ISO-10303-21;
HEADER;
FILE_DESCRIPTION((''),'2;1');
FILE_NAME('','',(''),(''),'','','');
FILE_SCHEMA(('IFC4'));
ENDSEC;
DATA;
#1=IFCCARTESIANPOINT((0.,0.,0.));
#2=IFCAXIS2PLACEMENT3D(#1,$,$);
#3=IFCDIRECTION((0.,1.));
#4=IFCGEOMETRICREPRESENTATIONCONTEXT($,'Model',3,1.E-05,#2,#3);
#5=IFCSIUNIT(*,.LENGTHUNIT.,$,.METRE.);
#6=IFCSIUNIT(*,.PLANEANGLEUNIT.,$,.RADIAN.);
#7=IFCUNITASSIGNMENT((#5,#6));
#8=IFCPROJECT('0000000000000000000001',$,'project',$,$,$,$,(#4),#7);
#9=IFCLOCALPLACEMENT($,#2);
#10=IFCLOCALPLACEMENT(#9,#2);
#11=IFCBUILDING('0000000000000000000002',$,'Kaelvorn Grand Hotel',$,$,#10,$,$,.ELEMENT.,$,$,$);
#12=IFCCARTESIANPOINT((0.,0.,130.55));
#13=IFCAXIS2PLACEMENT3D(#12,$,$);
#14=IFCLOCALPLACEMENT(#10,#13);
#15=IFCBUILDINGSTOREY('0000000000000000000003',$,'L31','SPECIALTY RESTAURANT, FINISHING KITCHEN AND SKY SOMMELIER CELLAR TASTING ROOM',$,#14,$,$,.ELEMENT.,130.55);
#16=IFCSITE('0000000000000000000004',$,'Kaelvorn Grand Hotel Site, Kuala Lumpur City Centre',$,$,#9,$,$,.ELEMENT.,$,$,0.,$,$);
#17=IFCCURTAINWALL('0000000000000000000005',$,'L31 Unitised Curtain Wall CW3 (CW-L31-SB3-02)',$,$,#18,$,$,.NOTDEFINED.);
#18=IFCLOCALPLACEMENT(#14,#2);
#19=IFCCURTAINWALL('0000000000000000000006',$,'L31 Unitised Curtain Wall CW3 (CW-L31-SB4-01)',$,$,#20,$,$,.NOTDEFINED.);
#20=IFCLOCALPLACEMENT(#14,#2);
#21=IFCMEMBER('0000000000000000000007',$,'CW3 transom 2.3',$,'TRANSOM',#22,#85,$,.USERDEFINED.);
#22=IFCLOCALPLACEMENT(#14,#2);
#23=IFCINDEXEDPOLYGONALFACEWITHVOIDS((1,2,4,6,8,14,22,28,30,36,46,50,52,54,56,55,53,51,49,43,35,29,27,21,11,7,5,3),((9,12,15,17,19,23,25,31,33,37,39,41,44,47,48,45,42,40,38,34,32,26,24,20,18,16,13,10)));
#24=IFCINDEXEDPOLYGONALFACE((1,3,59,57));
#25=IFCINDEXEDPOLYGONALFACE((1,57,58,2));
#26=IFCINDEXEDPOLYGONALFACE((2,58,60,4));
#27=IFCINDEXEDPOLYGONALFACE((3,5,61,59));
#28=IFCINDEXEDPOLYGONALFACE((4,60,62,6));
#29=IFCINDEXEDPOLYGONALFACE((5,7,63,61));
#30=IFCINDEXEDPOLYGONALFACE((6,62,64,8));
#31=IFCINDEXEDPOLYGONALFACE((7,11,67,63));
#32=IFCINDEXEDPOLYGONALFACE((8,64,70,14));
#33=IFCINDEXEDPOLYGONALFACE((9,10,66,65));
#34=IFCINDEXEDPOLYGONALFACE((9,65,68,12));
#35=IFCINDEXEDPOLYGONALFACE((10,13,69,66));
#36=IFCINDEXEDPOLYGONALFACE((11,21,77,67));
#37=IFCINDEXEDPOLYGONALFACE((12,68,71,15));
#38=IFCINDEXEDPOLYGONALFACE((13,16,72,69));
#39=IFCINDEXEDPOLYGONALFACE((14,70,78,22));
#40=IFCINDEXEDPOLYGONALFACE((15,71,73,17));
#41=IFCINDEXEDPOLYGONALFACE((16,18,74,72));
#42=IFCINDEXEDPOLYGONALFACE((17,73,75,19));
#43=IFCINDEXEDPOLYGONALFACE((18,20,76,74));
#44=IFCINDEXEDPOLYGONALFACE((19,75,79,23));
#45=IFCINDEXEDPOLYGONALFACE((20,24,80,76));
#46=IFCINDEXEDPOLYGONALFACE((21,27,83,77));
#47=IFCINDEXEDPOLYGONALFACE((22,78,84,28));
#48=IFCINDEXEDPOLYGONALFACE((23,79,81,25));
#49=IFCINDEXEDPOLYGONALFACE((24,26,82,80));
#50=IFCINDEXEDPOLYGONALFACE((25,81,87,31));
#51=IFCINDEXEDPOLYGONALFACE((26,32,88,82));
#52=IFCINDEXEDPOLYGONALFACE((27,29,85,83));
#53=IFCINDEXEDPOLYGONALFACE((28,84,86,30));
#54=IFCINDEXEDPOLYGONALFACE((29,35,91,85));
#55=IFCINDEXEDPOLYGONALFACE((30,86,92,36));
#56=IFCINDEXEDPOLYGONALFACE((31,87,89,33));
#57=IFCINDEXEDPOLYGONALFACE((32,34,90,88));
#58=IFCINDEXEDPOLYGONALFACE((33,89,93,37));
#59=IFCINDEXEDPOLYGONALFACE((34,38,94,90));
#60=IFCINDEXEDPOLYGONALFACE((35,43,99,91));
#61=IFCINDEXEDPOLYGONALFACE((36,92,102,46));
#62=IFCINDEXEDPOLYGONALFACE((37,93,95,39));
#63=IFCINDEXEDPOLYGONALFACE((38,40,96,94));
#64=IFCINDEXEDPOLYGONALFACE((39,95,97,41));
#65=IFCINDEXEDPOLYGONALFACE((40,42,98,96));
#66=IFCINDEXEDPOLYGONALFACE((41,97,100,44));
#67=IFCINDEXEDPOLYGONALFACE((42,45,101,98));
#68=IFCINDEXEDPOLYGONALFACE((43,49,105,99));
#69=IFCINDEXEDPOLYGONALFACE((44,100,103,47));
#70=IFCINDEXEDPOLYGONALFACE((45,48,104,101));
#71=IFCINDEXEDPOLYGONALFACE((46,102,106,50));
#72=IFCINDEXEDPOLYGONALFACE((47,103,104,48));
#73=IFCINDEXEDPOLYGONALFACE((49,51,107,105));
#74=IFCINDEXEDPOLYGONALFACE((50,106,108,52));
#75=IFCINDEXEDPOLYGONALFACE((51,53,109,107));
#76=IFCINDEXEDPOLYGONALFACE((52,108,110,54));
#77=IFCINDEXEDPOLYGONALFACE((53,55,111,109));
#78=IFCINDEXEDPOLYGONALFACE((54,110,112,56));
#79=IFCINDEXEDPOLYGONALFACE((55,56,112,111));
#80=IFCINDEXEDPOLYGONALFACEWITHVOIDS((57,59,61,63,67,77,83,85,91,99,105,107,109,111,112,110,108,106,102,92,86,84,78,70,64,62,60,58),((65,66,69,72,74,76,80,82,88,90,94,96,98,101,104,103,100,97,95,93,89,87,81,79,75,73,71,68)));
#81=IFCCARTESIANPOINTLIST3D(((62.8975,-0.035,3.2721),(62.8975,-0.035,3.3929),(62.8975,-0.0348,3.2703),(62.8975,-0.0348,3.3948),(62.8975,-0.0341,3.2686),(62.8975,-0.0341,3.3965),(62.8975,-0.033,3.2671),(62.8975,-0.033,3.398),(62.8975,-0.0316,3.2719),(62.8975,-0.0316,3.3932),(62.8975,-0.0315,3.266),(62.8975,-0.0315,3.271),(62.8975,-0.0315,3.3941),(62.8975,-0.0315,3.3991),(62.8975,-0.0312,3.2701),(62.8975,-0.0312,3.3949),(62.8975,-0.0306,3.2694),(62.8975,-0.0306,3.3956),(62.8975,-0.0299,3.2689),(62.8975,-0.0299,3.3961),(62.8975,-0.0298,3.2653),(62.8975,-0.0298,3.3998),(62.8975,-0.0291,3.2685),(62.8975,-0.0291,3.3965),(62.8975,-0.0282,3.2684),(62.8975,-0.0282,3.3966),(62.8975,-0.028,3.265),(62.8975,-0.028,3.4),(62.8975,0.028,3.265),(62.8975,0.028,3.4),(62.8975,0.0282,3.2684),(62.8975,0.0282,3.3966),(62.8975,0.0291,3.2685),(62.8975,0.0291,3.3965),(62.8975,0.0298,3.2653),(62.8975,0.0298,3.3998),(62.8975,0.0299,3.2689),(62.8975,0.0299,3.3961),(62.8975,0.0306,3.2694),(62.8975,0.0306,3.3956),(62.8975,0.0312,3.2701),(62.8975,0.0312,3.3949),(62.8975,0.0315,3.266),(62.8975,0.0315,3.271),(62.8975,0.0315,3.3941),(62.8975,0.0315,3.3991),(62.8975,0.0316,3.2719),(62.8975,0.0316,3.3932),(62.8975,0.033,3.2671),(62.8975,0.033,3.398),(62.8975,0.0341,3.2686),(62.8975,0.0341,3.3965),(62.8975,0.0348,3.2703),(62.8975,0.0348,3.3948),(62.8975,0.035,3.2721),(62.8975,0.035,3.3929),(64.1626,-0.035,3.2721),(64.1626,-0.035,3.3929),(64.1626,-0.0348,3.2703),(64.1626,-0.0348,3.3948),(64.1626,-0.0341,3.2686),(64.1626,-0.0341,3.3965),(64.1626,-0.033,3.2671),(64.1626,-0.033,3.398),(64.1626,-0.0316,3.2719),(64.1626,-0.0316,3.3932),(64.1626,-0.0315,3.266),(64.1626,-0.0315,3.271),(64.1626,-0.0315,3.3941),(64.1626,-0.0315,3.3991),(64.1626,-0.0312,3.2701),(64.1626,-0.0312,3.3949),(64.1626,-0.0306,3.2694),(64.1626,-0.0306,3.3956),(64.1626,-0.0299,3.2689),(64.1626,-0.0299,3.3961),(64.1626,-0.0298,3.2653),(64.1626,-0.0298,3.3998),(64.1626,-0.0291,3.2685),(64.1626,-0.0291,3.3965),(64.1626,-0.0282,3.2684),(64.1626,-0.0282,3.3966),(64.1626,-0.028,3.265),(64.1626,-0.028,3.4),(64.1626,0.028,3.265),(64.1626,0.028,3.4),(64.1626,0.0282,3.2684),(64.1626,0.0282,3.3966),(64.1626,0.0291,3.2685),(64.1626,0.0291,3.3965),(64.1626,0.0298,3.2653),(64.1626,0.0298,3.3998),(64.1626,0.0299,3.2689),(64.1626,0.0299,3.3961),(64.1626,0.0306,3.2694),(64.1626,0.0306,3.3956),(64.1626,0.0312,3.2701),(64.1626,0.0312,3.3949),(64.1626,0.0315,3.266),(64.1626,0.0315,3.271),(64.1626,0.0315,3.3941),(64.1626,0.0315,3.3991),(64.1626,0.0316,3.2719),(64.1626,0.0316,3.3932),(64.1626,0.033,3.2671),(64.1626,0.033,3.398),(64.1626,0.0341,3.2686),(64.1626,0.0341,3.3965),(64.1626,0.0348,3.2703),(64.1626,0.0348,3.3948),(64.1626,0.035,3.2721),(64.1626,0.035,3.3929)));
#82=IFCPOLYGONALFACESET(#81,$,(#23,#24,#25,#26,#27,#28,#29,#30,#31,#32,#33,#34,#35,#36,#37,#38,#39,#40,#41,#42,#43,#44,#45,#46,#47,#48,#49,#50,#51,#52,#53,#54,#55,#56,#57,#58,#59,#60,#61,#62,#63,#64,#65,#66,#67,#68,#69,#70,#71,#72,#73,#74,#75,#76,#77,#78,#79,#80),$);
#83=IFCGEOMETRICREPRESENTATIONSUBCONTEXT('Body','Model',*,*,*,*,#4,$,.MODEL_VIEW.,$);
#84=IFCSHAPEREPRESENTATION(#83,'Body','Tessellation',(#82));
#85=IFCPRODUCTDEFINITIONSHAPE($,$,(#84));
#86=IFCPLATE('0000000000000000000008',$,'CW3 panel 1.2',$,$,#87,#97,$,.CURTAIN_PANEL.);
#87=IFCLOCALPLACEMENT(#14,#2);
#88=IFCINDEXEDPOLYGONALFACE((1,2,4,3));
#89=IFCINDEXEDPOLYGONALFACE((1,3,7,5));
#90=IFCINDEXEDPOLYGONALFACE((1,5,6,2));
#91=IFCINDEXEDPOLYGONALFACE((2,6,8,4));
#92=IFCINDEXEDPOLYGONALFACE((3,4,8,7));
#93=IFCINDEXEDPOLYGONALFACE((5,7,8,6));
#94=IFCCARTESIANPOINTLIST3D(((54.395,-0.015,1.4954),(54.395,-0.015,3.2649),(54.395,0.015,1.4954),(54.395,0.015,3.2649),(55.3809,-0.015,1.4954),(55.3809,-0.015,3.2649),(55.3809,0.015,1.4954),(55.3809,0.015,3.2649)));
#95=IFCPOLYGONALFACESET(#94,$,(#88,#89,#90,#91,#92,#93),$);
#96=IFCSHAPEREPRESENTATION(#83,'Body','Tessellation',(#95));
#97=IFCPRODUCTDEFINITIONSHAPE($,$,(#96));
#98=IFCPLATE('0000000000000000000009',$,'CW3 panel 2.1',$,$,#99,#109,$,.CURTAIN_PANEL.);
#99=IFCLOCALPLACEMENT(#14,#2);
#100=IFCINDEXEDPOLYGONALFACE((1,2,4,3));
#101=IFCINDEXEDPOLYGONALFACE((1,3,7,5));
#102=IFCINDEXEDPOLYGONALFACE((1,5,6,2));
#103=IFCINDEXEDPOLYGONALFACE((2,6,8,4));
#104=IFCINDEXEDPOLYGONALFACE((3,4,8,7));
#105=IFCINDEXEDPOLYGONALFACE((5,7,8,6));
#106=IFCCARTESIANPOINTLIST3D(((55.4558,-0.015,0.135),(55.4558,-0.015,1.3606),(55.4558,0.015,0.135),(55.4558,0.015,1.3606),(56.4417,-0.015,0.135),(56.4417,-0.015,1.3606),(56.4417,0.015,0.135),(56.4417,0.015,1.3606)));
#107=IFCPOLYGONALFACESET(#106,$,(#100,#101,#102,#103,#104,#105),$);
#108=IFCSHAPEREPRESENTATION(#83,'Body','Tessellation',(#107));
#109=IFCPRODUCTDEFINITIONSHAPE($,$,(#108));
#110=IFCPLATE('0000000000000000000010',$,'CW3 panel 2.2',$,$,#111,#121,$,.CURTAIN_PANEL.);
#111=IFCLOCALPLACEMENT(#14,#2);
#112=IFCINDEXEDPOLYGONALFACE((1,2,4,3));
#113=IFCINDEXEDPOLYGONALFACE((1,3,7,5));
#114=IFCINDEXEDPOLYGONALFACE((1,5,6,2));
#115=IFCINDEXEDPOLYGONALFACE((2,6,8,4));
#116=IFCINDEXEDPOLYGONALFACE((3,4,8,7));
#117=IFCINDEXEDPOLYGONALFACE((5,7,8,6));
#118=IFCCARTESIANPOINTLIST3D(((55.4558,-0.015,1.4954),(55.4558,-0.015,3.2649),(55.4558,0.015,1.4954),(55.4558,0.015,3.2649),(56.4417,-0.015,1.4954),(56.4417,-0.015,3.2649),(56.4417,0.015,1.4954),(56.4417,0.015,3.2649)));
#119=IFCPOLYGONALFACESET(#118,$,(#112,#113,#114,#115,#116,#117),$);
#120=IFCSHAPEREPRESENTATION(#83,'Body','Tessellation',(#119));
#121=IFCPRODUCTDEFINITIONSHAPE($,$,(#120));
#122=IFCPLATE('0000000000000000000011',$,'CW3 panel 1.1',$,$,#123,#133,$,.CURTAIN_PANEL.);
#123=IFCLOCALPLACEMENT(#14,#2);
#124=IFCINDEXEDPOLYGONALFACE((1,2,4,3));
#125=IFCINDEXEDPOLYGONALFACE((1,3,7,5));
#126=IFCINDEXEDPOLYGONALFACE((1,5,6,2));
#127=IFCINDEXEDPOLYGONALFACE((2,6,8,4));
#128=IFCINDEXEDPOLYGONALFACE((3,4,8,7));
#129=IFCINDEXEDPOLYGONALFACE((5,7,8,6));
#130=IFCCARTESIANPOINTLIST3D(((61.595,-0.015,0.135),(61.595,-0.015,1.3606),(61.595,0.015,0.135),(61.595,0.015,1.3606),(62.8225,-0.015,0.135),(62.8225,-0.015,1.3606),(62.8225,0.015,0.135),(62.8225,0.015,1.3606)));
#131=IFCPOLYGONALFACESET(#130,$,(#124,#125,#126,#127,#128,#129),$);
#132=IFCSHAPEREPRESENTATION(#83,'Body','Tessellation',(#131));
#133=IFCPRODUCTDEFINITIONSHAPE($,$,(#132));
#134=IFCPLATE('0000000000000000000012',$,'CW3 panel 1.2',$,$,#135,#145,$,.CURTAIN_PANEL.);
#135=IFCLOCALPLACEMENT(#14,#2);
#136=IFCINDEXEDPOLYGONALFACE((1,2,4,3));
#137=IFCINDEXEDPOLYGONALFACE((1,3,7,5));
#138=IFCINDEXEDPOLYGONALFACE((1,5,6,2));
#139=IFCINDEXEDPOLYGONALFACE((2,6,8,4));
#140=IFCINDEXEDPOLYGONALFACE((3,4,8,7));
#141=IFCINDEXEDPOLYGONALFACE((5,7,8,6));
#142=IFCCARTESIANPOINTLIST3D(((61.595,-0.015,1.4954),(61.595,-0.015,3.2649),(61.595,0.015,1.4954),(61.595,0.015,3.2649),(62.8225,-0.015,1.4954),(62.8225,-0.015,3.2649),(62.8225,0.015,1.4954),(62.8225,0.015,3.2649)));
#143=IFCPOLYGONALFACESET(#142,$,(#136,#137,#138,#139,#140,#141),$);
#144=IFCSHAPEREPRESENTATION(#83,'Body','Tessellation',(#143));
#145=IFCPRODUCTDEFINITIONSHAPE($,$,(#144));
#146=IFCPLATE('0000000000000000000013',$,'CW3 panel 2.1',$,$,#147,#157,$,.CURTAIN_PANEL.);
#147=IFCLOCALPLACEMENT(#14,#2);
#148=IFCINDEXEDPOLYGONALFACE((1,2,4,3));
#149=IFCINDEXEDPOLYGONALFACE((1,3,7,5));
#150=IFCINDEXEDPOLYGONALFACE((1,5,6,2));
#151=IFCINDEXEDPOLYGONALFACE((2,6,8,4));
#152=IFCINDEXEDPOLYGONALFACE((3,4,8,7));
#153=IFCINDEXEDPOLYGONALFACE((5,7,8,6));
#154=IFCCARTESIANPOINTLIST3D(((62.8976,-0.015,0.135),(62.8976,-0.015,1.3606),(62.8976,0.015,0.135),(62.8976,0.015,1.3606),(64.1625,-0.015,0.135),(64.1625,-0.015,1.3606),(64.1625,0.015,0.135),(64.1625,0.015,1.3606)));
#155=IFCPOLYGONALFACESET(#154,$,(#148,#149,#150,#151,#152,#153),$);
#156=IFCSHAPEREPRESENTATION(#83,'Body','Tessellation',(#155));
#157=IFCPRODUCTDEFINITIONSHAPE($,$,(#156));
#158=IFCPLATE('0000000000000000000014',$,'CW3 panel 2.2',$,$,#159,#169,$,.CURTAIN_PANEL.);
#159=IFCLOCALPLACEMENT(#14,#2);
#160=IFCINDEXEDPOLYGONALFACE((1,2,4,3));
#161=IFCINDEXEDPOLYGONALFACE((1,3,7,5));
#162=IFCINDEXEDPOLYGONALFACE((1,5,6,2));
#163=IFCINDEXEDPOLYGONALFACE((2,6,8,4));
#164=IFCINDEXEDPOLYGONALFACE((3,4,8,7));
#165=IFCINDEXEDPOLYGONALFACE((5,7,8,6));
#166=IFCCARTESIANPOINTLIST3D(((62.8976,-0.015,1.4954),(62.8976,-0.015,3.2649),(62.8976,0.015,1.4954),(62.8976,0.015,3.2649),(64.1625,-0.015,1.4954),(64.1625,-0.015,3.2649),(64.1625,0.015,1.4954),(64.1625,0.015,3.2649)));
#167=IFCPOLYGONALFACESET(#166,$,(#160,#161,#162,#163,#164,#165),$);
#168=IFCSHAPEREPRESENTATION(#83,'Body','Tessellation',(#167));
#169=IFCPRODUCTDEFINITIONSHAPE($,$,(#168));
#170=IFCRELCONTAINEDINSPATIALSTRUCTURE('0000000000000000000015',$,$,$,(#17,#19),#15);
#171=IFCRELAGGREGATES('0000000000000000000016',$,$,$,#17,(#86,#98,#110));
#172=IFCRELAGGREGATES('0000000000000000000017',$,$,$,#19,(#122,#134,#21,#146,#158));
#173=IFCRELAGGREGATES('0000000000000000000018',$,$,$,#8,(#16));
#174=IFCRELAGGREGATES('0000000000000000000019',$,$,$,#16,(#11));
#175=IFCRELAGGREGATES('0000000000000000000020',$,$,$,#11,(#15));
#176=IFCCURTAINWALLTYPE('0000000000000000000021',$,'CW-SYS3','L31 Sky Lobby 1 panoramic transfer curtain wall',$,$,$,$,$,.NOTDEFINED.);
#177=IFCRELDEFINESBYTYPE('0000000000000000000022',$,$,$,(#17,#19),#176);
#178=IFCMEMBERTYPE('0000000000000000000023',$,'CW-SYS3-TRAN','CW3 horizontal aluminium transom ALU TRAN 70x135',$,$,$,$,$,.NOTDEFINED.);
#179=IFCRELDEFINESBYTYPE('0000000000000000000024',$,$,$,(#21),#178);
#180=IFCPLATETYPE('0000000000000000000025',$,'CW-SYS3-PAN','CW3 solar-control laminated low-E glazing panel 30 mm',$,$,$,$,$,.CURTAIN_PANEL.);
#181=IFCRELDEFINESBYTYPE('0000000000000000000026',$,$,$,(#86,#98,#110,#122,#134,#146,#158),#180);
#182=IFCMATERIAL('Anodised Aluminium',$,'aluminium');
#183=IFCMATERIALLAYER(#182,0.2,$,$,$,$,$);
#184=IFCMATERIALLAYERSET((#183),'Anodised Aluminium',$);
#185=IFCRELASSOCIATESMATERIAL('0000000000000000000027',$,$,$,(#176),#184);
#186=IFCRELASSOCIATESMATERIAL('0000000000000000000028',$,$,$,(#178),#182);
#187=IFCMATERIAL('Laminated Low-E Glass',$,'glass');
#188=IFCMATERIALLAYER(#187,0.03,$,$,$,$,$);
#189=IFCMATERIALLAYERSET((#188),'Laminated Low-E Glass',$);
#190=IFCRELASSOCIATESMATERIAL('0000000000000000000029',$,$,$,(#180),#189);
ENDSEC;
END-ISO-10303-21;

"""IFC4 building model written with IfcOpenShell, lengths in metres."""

from ifc_helpers import new_model, si_unit, direction, frame, origin, origin_2d, place, context, subcontext, project, spatial, rectangle, hollow_rectangle, extrude, material, layer, layer_set, material_profile, profile_set, type_object, element, aggregate, save


model = new_model("IFC4")

# Units and contexts
model_context = context("Model", 3, precision=1e-05, world=origin(), true_north=direction((0.0, 1.0)))
body_context = subcontext(model_context, "Body", "Model", "MODEL_VIEW")
ifc_project = project(units=[si_unit("LENGTHUNIT", "METRE"), si_unit("PLANEANGLEUNIT", "RADIAN")], contexts=[model_context])

# Site, building, storey
site_placement = place(None, origin())
site = spatial("IfcSite", under=ifc_project, at=site_placement, Name="Kaelvorn Grand Hotel Site, Kuala Lumpur City Centre", CompositionType="ELEMENT", RefElevation=0.0)
building_placement = place(site_placement, origin())
building = spatial("IfcBuilding", under=site, at=building_placement, Name="Kaelvorn Grand Hotel", CompositionType="ELEMENT")
storey_placement = place(building_placement, frame((0.0, 0.0, 130.55)))
storey = spatial("IfcBuildingStorey", under=building, at=storey_placement, Name="L31", Description="SPECIALTY RESTAURANT, FINISHING KITCHEN AND SKY SOMMELIER CELLAR TASTING ROOM", CompositionType="ELEMENT", Elevation=130.55)

# Curtain walls
ifc_material_1 = material(Name="Anodised Aluminium", Category="aluminium")
ifc_layer_1 = layer(ifc_material_1, 0.2)
ifc_layer_set_1 = layer_set([ifc_layer_1], Name="Anodised Aluminium")
curtain_wall_type = type_object("IfcCurtainWallType", Name="CW-SYS3", Description="L31 Sky Lobby 1 panoramic transfer curtain wall", PredefinedType="NOTDEFINED", material=ifc_layer_set_1)
curtain_wall_1_placement = place(storey_placement, origin())
curtain_wall_1 = element("IfcCurtainWall", 1, at=curtain_wall_1_placement, inside=storey, type_object=curtain_wall_type, Name="L31 Unitised Curtain Wall CW3 (CW-L31-SB3-02)", PredefinedType="NOTDEFINED")
curtain_wall_2_placement = place(storey_placement, origin())
curtain_wall_2 = element("IfcCurtainWall", 2, at=curtain_wall_2_placement, inside=storey, type_object=curtain_wall_type, Name="L31 Unitised Curtain Wall CW3 (CW-L31-SB4-01)", PredefinedType="NOTDEFINED")

# Member
ifc_material_profile_1 = material_profile(ifc_material_1, hollow_rectangle(XDim=0.0701, YDim=0.135, WallThickness=0.0034, InnerFilletRadius=0.0034, OuterFilletRadius=0.0071, at=origin_2d()), Name="ALU TRAN 70x135")
ifc_profile_set_1 = profile_set([ifc_material_profile_1], Name="Anodised Aluminium")
member_type_1 = type_object("IfcMemberType", Name="CW-SYS3-TRAN", Description="CW3 horizontal aluminium transom ALU TRAN 70x135", PredefinedType="NOTDEFINED", material=ifc_profile_set_1)
member_1_placement = place(storey_placement, frame((62.8975, 0.0, 3.3325), z_axis=(1.0, 0.0, 0.0), x_axis=(0.0, 1.0, 0.0)))
member_1 = element("IfcMember", 3, at=member_1_placement, type_object=member_type_1, Name="CW3 transom 2.3", ObjectType="TRANSOM", PredefinedType="USERDEFINED", context=body_context, shape_type="SweptSolid", body=[
    extrude(hollow_rectangle(XDim=0.0701, YDim=0.135, WallThickness=0.0034, InnerFilletRadius=0.0034, OuterFilletRadius=0.0071, at=origin_2d()), origin(), (0.0, 0.0, 1.0), 1.2651),
])

# Plates
ifc_material_2 = material(Name="Laminated Low-E Glass", Category="glass")
ifc_layer_2 = layer(ifc_material_2, 0.03)
ifc_layer_set_2 = layer_set([ifc_layer_2], Name="Laminated Low-E Glass")
plate_type = type_object("IfcPlateType", Name="CW-SYS3-PAN", Description="CW3 solar-control laminated low-E glazing panel 30 mm", PredefinedType="CURTAIN_PANEL", material=ifc_layer_set_2)
plate_1_placement = place(storey_placement, frame((54.8879, 0.0, 1.4954), z_axis=(0.0, 0.0, 1.0), x_axis=(1.0, 0.0, 0.0)))
plate_1 = element("IfcPlate", 4, at=plate_1_placement, type_object=plate_type, Name="CW3 panel 1.2", PredefinedType="CURTAIN_PANEL", context=body_context, shape_type="SweptSolid", body=[
    extrude(rectangle(XDim=0.9858, YDim=0.03, at=origin_2d()), origin(), (0.0, 0.0, 1.0), 1.7695),
])
plate_2_placement = place(storey_placement, frame((55.9487, 0.0, 0.135), z_axis=(0.0, 0.0, 1.0), x_axis=(1.0, 0.0, 0.0)))
plate_2 = element("IfcPlate", 5, at=plate_2_placement, type_object=plate_type, Name="CW3 panel 2.1", PredefinedType="CURTAIN_PANEL", context=body_context, shape_type="SweptSolid", body=[
    extrude(rectangle(XDim=0.9858, YDim=0.03, at=origin_2d()), origin(), (0.0, 0.0, 1.0), 1.2256),
])
plate_3_placement = place(storey_placement, frame((55.9487, 0.0, 1.4954), z_axis=(0.0, 0.0, 1.0), x_axis=(1.0, 0.0, 0.0)))
plate_3 = element("IfcPlate", 6, at=plate_3_placement, type_object=plate_type, Name="CW3 panel 2.2", PredefinedType="CURTAIN_PANEL", context=body_context, shape_type="SweptSolid", body=[
    extrude(rectangle(XDim=0.9858, YDim=0.03, at=origin_2d()), origin(), (0.0, 0.0, 1.0), 1.7695),
])
aggregate(curtain_wall_1, [plate_1, plate_2, plate_3])
plate_4_placement = place(storey_placement, frame((62.2087, 0.0, 0.135), z_axis=(0.0, 0.0, 1.0), x_axis=(1.0, 0.0, 0.0)))
plate_4 = element("IfcPlate", 7, at=plate_4_placement, type_object=plate_type, Name="CW3 panel 1.1", PredefinedType="CURTAIN_PANEL", context=body_context, shape_type="SweptSolid", body=[
    extrude(rectangle(XDim=1.2275, YDim=0.03, at=origin_2d()), origin(), (0.0, 0.0, 1.0), 1.2256),
])
plate_5_placement = place(storey_placement, frame((62.2087, 0.0, 1.4954), z_axis=(0.0, 0.0, 1.0), x_axis=(1.0, 0.0, 0.0)))
plate_5 = element("IfcPlate", 8, at=plate_5_placement, type_object=plate_type, Name="CW3 panel 1.2", PredefinedType="CURTAIN_PANEL", context=body_context, shape_type="SweptSolid", body=[
    extrude(rectangle(XDim=1.2275, YDim=0.03, at=origin_2d()), origin(), (0.0, 0.0, 1.0), 1.7695),
])
plate_6_placement = place(storey_placement, frame((63.53, 0.0, 0.135), z_axis=(0.0, 0.0, 1.0), x_axis=(1.0, 0.0, 0.0)))
plate_6 = element("IfcPlate", 9, at=plate_6_placement, type_object=plate_type, Name="CW3 panel 2.1", PredefinedType="CURTAIN_PANEL", context=body_context, shape_type="SweptSolid", body=[
    extrude(rectangle(XDim=1.2649, YDim=0.03, at=origin_2d()), origin(), (0.0, 0.0, 1.0), 1.2256),
])
plate_7_placement = place(storey_placement, frame((63.53, 0.0, 1.4954), z_axis=(0.0, 0.0, 1.0), x_axis=(1.0, 0.0, 0.0)))
plate_7 = element("IfcPlate", 10, at=plate_7_placement, type_object=plate_type, Name="CW3 panel 2.2", PredefinedType="CURTAIN_PANEL", context=body_context, shape_type="SweptSolid", body=[
    extrude(rectangle(XDim=1.2649, YDim=0.03, at=origin_2d()), origin(), (0.0, 0.0, 1.0), 1.7695),
])
aggregate(curtain_wall_2, [plate_4, plate_5, member_1, plate_6, plate_7])

save(model, "model.ifc")
